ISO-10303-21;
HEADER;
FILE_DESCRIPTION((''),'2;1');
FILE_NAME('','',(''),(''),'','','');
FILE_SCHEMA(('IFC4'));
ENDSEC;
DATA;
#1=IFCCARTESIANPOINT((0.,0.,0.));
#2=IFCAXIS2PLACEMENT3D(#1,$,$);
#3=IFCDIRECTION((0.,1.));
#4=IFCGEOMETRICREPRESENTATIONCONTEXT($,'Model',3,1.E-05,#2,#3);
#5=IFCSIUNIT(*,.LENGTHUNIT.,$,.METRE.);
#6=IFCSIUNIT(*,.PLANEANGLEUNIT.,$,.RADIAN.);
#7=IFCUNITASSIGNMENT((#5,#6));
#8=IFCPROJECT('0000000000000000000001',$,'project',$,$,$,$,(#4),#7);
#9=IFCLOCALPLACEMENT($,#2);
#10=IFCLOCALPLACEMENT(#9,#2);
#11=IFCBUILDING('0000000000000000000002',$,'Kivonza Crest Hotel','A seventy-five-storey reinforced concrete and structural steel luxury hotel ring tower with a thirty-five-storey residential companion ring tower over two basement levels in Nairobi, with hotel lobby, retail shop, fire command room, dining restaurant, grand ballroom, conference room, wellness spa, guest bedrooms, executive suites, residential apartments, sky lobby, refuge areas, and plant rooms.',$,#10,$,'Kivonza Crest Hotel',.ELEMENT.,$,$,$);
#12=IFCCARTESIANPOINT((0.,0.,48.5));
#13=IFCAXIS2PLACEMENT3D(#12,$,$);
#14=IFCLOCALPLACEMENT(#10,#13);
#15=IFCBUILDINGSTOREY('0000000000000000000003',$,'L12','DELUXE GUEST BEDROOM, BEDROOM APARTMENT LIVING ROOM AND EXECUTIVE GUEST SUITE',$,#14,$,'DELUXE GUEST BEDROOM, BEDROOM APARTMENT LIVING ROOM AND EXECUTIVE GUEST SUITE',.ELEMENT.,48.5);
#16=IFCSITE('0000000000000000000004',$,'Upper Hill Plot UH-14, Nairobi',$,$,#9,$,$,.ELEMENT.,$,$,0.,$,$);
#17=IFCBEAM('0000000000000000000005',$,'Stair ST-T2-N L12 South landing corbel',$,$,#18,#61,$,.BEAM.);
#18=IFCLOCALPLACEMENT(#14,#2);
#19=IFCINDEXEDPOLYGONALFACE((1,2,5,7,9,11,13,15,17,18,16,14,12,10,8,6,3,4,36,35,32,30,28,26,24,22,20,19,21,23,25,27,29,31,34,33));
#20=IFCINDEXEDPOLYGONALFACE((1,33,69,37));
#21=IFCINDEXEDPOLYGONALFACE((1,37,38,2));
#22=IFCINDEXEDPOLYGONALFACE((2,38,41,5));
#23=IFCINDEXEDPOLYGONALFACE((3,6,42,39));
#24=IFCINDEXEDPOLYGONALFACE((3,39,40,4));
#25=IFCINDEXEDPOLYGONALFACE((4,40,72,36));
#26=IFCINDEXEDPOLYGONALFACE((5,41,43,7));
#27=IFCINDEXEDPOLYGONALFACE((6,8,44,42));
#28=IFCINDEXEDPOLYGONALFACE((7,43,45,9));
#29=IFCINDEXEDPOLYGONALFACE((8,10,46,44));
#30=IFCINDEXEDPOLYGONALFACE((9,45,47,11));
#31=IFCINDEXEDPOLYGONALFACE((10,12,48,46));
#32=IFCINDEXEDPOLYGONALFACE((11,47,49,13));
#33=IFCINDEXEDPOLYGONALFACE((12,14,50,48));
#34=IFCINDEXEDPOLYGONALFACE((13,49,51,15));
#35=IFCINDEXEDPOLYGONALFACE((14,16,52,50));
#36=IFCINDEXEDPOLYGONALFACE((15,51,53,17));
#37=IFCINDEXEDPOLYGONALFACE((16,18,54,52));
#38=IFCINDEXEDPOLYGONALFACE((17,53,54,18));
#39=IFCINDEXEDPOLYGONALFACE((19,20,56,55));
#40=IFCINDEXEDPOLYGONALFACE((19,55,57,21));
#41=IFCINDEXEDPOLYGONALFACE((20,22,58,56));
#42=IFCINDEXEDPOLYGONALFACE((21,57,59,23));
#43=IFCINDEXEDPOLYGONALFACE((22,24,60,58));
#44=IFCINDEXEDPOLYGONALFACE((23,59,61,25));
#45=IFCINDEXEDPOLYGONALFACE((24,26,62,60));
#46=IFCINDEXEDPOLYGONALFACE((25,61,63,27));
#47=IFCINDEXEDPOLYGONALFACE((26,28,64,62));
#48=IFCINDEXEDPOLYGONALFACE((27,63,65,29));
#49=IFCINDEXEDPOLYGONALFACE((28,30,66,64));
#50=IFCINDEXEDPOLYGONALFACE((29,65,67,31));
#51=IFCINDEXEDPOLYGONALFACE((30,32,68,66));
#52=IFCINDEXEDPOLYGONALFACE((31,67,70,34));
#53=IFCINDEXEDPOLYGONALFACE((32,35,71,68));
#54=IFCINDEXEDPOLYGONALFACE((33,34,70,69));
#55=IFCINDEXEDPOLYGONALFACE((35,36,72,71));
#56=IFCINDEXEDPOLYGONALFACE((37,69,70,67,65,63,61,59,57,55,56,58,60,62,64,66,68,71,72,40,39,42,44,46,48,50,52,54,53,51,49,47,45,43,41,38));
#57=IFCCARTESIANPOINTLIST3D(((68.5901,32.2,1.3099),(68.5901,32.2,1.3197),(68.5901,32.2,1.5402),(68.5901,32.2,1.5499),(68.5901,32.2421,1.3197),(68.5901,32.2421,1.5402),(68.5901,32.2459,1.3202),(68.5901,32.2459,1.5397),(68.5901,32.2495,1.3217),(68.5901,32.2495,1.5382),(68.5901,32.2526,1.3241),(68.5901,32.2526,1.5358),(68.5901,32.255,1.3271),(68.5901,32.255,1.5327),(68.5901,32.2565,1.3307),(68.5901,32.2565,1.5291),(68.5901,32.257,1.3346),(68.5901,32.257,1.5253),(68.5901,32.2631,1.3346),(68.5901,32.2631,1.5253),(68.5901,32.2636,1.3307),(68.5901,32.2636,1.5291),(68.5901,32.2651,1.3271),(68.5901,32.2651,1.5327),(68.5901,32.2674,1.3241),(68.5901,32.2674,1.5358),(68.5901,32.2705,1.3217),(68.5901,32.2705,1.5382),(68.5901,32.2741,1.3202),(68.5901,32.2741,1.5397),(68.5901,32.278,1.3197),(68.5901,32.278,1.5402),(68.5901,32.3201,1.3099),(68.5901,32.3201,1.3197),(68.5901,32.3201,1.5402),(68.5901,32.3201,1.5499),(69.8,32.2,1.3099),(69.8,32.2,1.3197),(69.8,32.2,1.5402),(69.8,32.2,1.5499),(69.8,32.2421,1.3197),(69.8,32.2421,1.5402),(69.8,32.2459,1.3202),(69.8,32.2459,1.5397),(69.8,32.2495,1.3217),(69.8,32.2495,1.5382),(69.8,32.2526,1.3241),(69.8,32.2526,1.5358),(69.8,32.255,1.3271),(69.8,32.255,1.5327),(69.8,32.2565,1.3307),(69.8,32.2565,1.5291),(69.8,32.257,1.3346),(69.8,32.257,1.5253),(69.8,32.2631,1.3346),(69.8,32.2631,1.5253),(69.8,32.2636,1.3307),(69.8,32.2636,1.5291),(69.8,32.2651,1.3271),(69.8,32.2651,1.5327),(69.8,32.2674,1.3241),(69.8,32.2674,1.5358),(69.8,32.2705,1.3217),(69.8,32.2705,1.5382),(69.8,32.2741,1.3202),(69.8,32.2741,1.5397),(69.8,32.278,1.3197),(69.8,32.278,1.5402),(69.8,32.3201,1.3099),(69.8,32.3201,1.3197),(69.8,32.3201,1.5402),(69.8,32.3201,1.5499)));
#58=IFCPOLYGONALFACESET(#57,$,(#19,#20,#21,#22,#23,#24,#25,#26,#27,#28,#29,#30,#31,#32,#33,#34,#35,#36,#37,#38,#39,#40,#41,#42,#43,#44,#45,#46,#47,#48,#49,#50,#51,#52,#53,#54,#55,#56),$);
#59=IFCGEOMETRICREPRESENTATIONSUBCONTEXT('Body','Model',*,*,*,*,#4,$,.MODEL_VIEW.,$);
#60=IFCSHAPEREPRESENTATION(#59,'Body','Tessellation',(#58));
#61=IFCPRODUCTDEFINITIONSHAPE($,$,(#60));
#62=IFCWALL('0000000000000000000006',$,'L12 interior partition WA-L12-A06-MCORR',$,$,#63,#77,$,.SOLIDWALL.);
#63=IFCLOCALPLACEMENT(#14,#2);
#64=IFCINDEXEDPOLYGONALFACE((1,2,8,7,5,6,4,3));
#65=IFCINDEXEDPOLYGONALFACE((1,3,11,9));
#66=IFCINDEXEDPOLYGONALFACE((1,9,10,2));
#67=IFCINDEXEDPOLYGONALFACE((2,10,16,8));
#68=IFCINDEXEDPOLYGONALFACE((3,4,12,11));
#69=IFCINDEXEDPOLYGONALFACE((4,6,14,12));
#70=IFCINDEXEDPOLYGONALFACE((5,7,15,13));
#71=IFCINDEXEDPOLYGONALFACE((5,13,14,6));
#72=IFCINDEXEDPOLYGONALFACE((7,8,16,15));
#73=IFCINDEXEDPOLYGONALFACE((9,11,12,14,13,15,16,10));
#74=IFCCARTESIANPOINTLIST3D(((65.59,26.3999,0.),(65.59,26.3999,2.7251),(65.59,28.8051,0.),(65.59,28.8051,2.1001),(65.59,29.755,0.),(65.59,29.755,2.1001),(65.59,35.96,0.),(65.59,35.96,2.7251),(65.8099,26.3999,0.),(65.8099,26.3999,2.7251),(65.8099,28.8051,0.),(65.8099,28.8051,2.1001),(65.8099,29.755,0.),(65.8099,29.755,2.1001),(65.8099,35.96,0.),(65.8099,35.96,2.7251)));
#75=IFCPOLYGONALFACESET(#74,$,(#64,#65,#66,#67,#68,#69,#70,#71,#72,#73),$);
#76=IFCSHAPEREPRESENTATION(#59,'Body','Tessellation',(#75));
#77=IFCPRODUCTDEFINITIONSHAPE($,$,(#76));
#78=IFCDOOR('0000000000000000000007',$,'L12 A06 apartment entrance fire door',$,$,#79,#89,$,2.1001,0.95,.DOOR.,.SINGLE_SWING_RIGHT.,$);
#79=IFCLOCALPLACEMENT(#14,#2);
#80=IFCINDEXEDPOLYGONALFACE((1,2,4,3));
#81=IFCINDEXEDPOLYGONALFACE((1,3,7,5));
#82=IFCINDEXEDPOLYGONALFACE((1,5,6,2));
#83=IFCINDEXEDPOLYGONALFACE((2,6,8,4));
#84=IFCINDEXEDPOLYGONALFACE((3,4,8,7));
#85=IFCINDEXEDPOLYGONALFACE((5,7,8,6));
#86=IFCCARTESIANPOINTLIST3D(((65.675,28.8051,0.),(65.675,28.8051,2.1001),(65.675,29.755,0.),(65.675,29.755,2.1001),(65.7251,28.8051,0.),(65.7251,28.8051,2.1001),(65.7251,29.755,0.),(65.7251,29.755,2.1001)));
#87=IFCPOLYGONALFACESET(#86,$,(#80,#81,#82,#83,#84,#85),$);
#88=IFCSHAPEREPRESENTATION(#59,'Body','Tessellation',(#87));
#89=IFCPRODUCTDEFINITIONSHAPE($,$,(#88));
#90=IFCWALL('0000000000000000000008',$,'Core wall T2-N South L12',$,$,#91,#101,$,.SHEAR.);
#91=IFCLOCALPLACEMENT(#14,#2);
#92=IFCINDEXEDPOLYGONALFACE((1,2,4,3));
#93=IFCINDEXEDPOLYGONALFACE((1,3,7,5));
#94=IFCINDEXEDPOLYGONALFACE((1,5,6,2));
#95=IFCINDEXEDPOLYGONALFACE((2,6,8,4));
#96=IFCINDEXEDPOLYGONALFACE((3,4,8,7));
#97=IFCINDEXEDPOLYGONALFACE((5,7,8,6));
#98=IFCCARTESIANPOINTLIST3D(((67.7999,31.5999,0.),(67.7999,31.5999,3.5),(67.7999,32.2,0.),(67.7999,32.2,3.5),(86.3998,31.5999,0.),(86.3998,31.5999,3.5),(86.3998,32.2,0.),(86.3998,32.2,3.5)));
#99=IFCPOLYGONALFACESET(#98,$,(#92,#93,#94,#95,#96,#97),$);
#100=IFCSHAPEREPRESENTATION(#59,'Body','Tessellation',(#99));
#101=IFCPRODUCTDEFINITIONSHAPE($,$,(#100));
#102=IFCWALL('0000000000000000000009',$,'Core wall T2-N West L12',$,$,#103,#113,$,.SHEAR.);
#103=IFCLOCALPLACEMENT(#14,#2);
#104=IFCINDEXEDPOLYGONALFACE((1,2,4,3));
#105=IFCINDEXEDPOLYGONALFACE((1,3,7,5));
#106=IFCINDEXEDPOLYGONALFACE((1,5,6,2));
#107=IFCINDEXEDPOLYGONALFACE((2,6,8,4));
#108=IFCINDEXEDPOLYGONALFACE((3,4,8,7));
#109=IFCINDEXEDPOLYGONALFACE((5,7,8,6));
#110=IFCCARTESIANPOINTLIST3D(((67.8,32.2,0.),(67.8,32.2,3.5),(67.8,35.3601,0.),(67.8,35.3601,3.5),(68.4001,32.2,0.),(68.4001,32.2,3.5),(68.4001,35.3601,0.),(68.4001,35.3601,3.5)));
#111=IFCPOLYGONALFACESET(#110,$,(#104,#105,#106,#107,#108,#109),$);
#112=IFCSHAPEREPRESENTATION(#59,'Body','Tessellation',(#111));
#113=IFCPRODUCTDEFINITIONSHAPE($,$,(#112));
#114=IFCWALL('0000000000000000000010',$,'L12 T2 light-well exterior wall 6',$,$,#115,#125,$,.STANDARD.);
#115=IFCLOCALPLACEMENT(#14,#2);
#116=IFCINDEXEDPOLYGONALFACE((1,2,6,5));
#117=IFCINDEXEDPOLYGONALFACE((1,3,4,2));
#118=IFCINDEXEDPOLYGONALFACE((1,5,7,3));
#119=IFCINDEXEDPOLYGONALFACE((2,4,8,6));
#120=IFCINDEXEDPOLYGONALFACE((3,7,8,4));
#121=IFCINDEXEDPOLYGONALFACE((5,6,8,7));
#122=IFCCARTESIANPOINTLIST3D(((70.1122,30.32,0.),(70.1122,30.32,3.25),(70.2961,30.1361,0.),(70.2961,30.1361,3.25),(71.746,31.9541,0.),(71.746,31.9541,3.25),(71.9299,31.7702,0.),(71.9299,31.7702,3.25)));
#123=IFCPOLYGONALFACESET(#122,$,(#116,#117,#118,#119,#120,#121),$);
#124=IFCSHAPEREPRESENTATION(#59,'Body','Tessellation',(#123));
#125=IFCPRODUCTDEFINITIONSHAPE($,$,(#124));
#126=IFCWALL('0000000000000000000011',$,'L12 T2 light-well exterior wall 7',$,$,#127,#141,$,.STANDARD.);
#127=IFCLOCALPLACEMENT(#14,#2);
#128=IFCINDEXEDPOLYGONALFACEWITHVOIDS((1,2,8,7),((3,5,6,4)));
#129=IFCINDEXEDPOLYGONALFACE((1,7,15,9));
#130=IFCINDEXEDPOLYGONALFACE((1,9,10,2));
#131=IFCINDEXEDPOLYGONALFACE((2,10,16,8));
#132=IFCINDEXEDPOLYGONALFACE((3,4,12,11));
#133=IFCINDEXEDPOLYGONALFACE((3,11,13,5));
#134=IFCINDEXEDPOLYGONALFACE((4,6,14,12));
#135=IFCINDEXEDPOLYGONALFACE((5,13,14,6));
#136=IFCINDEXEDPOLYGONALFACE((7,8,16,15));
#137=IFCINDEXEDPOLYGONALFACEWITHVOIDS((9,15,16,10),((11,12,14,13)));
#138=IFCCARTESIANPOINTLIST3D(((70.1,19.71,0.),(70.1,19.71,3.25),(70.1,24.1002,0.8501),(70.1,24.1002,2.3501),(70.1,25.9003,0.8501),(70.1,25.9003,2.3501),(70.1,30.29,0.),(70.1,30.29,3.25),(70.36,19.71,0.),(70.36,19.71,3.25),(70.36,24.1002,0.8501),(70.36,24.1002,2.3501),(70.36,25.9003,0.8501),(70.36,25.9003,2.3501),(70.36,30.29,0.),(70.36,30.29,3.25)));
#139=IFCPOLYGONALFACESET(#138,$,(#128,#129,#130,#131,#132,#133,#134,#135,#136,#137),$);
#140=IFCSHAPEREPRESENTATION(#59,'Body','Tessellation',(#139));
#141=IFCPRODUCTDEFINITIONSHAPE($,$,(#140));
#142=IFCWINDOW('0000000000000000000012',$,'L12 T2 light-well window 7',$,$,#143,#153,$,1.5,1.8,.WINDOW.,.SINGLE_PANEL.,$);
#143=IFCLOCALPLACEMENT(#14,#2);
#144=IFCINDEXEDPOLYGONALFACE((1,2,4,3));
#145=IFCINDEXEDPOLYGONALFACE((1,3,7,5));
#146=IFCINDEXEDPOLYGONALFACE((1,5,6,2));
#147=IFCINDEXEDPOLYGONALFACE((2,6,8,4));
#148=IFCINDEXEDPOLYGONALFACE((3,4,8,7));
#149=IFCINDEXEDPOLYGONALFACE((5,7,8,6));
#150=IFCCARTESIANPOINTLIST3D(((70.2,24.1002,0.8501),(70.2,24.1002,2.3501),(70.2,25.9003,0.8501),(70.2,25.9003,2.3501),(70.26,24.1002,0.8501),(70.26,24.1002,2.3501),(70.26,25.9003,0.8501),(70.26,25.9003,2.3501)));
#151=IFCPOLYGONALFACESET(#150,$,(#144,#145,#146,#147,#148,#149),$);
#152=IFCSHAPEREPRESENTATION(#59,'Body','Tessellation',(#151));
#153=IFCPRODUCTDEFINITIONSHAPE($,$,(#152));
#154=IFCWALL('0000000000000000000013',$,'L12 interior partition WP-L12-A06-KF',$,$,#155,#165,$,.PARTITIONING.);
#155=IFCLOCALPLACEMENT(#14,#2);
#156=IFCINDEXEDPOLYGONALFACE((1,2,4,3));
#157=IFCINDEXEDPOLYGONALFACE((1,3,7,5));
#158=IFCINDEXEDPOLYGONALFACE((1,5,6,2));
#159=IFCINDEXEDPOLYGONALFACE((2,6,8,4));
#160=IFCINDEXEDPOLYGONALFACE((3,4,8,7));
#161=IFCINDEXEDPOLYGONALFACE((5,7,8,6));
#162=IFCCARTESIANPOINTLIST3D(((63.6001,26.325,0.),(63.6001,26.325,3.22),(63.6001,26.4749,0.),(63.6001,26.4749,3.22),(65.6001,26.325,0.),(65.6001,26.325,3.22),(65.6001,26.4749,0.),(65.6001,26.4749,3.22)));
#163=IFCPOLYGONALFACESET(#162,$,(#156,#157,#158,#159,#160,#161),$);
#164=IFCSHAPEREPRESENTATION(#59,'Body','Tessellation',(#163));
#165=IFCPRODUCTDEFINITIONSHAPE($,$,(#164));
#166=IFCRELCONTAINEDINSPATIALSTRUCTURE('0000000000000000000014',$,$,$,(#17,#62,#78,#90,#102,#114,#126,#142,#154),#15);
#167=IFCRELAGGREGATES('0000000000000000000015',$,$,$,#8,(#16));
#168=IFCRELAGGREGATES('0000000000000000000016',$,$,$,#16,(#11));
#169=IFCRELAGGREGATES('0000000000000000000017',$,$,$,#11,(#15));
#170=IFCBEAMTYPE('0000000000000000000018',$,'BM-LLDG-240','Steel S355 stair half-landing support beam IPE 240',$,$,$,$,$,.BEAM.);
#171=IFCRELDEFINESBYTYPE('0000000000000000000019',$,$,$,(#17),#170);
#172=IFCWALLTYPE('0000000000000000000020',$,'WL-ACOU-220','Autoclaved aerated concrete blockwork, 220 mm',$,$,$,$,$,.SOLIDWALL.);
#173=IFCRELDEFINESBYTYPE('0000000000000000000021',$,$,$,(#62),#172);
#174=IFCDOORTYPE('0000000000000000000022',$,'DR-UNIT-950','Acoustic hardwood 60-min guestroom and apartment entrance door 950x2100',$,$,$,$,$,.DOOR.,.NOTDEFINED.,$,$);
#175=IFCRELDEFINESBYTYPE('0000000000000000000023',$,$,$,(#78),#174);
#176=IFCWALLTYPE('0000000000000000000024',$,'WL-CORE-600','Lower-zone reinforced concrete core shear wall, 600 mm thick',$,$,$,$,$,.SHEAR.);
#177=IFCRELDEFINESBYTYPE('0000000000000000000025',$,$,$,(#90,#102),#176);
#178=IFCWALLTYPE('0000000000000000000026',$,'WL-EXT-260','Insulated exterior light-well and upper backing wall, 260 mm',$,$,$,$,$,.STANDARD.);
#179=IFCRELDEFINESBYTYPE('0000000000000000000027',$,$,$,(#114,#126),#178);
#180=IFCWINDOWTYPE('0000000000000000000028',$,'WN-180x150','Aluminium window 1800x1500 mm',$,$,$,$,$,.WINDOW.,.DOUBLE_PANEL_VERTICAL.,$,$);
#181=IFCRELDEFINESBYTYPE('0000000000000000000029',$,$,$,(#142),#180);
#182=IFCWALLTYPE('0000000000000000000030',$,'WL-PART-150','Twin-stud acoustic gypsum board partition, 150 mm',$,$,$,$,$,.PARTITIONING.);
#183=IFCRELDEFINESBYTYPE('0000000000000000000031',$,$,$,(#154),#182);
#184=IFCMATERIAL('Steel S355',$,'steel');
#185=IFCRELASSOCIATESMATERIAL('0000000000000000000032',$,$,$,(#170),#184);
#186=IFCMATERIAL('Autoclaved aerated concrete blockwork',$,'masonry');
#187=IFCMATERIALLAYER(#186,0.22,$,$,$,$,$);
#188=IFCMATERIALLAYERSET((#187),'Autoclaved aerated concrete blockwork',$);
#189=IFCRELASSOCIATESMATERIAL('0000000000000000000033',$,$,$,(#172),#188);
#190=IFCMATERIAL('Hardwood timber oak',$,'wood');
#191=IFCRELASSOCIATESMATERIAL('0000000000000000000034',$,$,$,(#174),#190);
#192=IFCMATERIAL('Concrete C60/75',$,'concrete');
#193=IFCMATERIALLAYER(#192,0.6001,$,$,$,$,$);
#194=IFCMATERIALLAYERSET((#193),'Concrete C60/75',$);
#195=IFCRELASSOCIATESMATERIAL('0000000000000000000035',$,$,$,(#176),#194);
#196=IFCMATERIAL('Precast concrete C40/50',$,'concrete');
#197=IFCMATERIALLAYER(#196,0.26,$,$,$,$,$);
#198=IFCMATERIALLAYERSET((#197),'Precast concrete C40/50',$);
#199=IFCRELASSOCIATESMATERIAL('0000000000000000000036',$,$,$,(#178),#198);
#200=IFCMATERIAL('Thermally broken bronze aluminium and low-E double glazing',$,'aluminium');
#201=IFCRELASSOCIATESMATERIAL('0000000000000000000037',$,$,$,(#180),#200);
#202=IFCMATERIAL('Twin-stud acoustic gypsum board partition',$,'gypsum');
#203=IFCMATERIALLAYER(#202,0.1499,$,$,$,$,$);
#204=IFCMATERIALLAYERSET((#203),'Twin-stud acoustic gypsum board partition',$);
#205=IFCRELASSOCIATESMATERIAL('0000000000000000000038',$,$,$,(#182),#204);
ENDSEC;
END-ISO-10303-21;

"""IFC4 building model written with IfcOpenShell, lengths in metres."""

from ifc_helpers import new_model, si_unit, direction, frame, frame_2d, origin, origin_2d, place, context, subcontext, project, spatial, rectangle, i_section, extrude, material, layer, layer_set, material_profile, profile_set, type_object, element, fill, save


model = new_model("IFC4")

# Units and contexts
model_context = context("Model", 3, precision=1e-05, world=origin(), true_north=direction((0.0, 1.0)))
body_context = subcontext(model_context, "Body", "Model", "MODEL_VIEW")
ifc_project = project(units=[si_unit("LENGTHUNIT", "METRE"), si_unit("PLANEANGLEUNIT", "RADIAN")], contexts=[model_context])

# Site, building, storey
site_placement = place(None, origin())
site = spatial("IfcSite", under=ifc_project, at=site_placement, Name="Upper Hill Plot UH-14, Nairobi", CompositionType="ELEMENT", RefElevation=0.0)
building_placement = place(site_placement, origin())
building = spatial("IfcBuilding", under=site, at=building_placement, Name="Kivonza Crest Hotel", Description="A seventy-five-storey reinforced concrete and structural steel luxury hotel ring tower with a thirty-five-storey residential companion ring tower over two basement levels in Nairobi, with hotel lobby, retail shop, fire command room, dining restaurant, grand ballroom, conference room, wellness spa, guest bedrooms, executive suites, residential apartments, sky lobby, refuge areas, and plant rooms.", LongName="Kivonza Crest Hotel", CompositionType="ELEMENT")
storey_placement = place(building_placement, frame((0.0, 0.0, 48.5)))
storey = spatial("IfcBuildingStorey", under=building, at=storey_placement, Name="L12", Description="DELUXE GUEST BEDROOM, BEDROOM APARTMENT LIVING ROOM AND EXECUTIVE GUEST SUITE", LongName="DELUXE GUEST BEDROOM, BEDROOM APARTMENT LIVING ROOM AND EXECUTIVE GUEST SUITE", CompositionType="ELEMENT", Elevation=48.5)

# Beam
ifc_material_1 = material(Name="Steel S355", Category="steel")
ifc_material_profile_1 = material_profile(ifc_material_1, i_section(OverallWidth=0.1201, OverallDepth=0.24, WebThickness=0.0061, FlangeThickness=0.0098, FilletRadius=0.0149, at=origin_2d()), Name="IPE 240")
ifc_profile_set_1 = profile_set([ifc_material_profile_1], Name="Steel S355")
beam_type_1 = type_object("IfcBeamType", Name="BM-LLDG-240", Description="Steel S355 stair half-landing support beam IPE 240", PredefinedType="BEAM", material=ifc_profile_set_1)
beam_1_placement = place(storey_placement, frame((68.5901, 32.26, 1.4299), z_axis=(1.0, 0.0, 0.0), x_axis=(0.0, 1.0, 0.0)))
element("IfcBeam", 1, at=beam_1_placement, inside=storey, type_object=beam_type_1, Name="Stair ST-T2-N L12 South landing corbel", PredefinedType="BEAM", context=body_context, shape_type="SweptSolid", body=[
    extrude(i_section(OverallWidth=0.1201, OverallDepth=0.24, WebThickness=0.0061, FlangeThickness=0.0098, FilletRadius=0.0149, at=origin_2d()), origin(), (0.0, 0.0, 1.0), 1.21),
])

# Wall, opening, door
ifc_material_2 = material(Name="Autoclaved aerated concrete blockwork", Category="masonry")
ifc_layer_1 = layer(ifc_material_2, 0.22)
ifc_layer_set_1 = layer_set([ifc_layer_1], Name="Autoclaved aerated concrete blockwork")
wall_type_1 = type_object("IfcWallType", Name="WL-ACOU-220", Description="Autoclaved aerated concrete blockwork, 220 mm", PredefinedType="SOLIDWALL", material=ifc_layer_set_1)
wall_1_placement = place(storey_placement, frame((65.7, 26.3999, 0.0), z_axis=(0.0, 0.0, 1.0), x_axis=(0.0, 1.0, 0.0)))
wall_1 = element("IfcWall", 2, at=wall_1_placement, inside=storey, type_object=wall_type_1, Name="L12 interior partition WA-L12-A06-MCORR", PredefinedType="SOLIDWALL", context=body_context, shape_type="SweptSolid", body=[
    extrude(rectangle(XDim=9.5601, YDim=0.22, at=frame_2d((4.78, 0.0))), origin(), (0.0, 0.0, 1.0), 2.7251),
])
opening_1_placement = place(wall_1_placement, frame((2.405, 0.0, 0.0)))
opening_1 = element("IfcOpeningElement", 3, at=opening_1_placement, cuts=wall_1, PredefinedType="OPENING", context=body_context, shape_type="SweptSolid", body=[
    extrude(rectangle(XDim=0.95, YDim=2.1001, at=frame_2d((0.4751, 1.05))), frame((0.0, 0.1201, 0.0), z_axis=(0.0, -1.0, 0.0), x_axis=(1.0, 0.0, 0.0)), (0.0, 0.0, 1.0), 0.24),
])
ifc_material_3 = material(Name="Hardwood timber oak", Category="wood")
door_type_1 = type_object("IfcDoorType", Name="DR-UNIT-950", Description="Acoustic hardwood 60-min guestroom and apartment entrance door 950x2100", OperationType="NOTDEFINED", PredefinedType="DOOR", material=ifc_material_3)
door_1_placement = place(opening_1_placement, origin())
door_1 = element("IfcDoor", 4, at=door_1_placement, inside=storey, type_object=door_type_1, Name="L12 A06 apartment entrance fire door", OperationType="SINGLE_SWING_RIGHT", OverallHeight=2.1001, OverallWidth=0.95, PredefinedType="DOOR", context=body_context, shape_type="SweptSolid", body=[
    extrude(rectangle(XDim=0.95, YDim=2.1001, at=frame_2d((0.4751, 1.05))), frame((0.0, 0.0249, 0.0), z_axis=(0.0, -1.0, 0.0), x_axis=(1.0, 0.0, 0.0)), (0.0, 0.0, 1.0), 0.05),
])
fill(opening_1, door_1)

# Walls
ifc_material_4 = material(Name="Concrete C60/75", Category="concrete")
ifc_layer_2 = layer(ifc_material_4, 0.6001)
ifc_layer_set_2 = layer_set([ifc_layer_2], Name="Concrete C60/75")
wall_type_2 = type_object("IfcWallType", Name="WL-CORE-600", Description="Lower-zone reinforced concrete core shear wall, 600 mm thick", PredefinedType="SHEAR", material=ifc_layer_set_2)
wall_2_placement = place(storey_placement, frame((67.8, 31.8999, 0.0), z_axis=(0.0, 0.0, 1.0), x_axis=(1.0, 0.0, 0.0)))
element("IfcWall", 5, at=wall_2_placement, inside=storey, type_object=wall_type_2, Name="Core wall T2-N South L12", PredefinedType="SHEAR", context=body_context, shape_type="SweptSolid", body=[
    extrude(rectangle(XDim=18.5999, YDim=0.6001, at=frame_2d((9.2998, 0.0))), origin(), (0.0, 0.0, 1.0), 3.5),
])
wall_3_placement = place(storey_placement, frame((68.1001, 32.2, 0.0), z_axis=(0.0, 0.0, 1.0), x_axis=(0.0, 1.0, 0.0)))
element("IfcWall", 6, at=wall_3_placement, inside=storey, type_object=wall_type_2, Name="Core wall T2-N West L12", PredefinedType="SHEAR", context=body_context, shape_type="SweptSolid", body=[
    extrude(rectangle(XDim=3.1602, YDim=0.6001, at=frame_2d((1.5801, 0.0))), origin(), (0.0, 0.0, 1.0), 3.5),
])
ifc_material_5 = material(Name="Precast concrete C40/50", Category="concrete")
ifc_layer_3 = layer(ifc_material_5, 0.26)
ifc_layer_set_3 = layer_set([ifc_layer_3], Name="Precast concrete C40/50")
wall_type_3 = type_object("IfcWallType", Name="WL-EXT-260", Description="Insulated exterior light-well and upper backing wall, 260 mm", PredefinedType="STANDARD", material=ifc_layer_set_3)
wall_4_placement = place(storey_placement, frame((71.8379, 31.8621, 0.0), z_axis=(0.0, 0.0, 1.0), x_axis=(-0.707054, -0.70716, 0.0)))
element("IfcWall", 7, at=wall_4_placement, inside=storey, type_object=wall_type_3, Name="L12 T2 light-well exterior wall 6", PredefinedType="STANDARD", context=body_context, shape_type="SweptSolid", body=[
    extrude(rectangle(XDim=2.3108, YDim=0.26, at=frame_2d((1.1553, 0.0))), origin(), (0.0, 0.0, 1.0), 3.25),
])

# Wall, opening, window
wall_5_placement = place(storey_placement, frame((70.23, 30.29, 0.0), z_axis=(0.0, 0.0, 1.0), x_axis=(0.0, -1.0, 0.0)))
wall_5 = element("IfcWall", 8, at=wall_5_placement, inside=storey, type_object=wall_type_3, Name="L12 T2 light-well exterior wall 7", PredefinedType="STANDARD", context=body_context, shape_type="SweptSolid", body=[
    extrude(rectangle(XDim=10.5801, YDim=0.26, at=frame_2d((5.29, 0.0))), origin(), (0.0, 0.0, 1.0), 3.25),
])
opening_2_placement = place(wall_5_placement, frame((4.3899, 0.0, 0.8501)))
opening_2 = element("IfcOpeningElement", 9, at=opening_2_placement, cuts=wall_5, PredefinedType="OPENING", context=body_context, shape_type="SweptSolid", body=[
    extrude(rectangle(XDim=1.8, YDim=1.5, at=frame_2d((0.8999, 0.75))), frame((0.0, 0.1401, 0.0), z_axis=(0.0, -1.0, 0.0), x_axis=(1.0, 0.0, 0.0)), (0.0, 0.0, 1.0), 0.28),
])
ifc_material_6 = material(Name="Thermally broken bronze aluminium and low-E double glazing", Category="aluminium")
window_type = type_object("IfcWindowType", Name="WN-180x150", Description="Aluminium window 1800x1500 mm", PartitioningType="DOUBLE_PANEL_VERTICAL", PredefinedType="WINDOW", material=ifc_material_6)
window_placement = place(opening_2_placement, origin())
window = element("IfcWindow", 10, at=window_placement, inside=storey, type_object=window_type, Name="L12 T2 light-well window 7", OverallHeight=1.5, OverallWidth=1.8, PartitioningType="SINGLE_PANEL", PredefinedType="WINDOW", context=body_context, shape_type="SweptSolid", body=[
    extrude(rectangle(XDim=1.8, YDim=1.5, at=frame_2d((0.8999, 0.75))), frame((0.0, 0.03, 0.0), z_axis=(0.0, -1.0, 0.0), x_axis=(1.0, 0.0, 0.0)), (0.0, 0.0, 1.0), 0.0601),
])
fill(opening_2, window)

# Wall
ifc_material_7 = material(Name="Twin-stud acoustic gypsum board partition", Category="gypsum")
ifc_layer_4 = layer(ifc_material_7, 0.1499)
ifc_layer_set_4 = layer_set([ifc_layer_4], Name="Twin-stud acoustic gypsum board partition")
wall_type_4 = type_object("IfcWallType", Name="WL-PART-150", Description="Twin-stud acoustic gypsum board partition, 150 mm", PredefinedType="PARTITIONING", material=ifc_layer_set_4)
wall_6_placement = place(storey_placement, frame((63.6001, 26.3999, 0.0), z_axis=(0.0, 0.0, 1.0), x_axis=(1.0, 0.0, 0.0)))
element("IfcWall", 11, at=wall_6_placement, inside=storey, type_object=wall_type_4, Name="L12 interior partition WP-L12-A06-KF", PredefinedType="PARTITIONING", context=body_context, shape_type="SweptSolid", body=[
    extrude(rectangle(XDim=2.0, YDim=0.1499, at=frame_2d((1.0, 0.0))), origin(), (0.0, 0.0, 1.0), 3.22),
])

save(model, "model.ifc")
